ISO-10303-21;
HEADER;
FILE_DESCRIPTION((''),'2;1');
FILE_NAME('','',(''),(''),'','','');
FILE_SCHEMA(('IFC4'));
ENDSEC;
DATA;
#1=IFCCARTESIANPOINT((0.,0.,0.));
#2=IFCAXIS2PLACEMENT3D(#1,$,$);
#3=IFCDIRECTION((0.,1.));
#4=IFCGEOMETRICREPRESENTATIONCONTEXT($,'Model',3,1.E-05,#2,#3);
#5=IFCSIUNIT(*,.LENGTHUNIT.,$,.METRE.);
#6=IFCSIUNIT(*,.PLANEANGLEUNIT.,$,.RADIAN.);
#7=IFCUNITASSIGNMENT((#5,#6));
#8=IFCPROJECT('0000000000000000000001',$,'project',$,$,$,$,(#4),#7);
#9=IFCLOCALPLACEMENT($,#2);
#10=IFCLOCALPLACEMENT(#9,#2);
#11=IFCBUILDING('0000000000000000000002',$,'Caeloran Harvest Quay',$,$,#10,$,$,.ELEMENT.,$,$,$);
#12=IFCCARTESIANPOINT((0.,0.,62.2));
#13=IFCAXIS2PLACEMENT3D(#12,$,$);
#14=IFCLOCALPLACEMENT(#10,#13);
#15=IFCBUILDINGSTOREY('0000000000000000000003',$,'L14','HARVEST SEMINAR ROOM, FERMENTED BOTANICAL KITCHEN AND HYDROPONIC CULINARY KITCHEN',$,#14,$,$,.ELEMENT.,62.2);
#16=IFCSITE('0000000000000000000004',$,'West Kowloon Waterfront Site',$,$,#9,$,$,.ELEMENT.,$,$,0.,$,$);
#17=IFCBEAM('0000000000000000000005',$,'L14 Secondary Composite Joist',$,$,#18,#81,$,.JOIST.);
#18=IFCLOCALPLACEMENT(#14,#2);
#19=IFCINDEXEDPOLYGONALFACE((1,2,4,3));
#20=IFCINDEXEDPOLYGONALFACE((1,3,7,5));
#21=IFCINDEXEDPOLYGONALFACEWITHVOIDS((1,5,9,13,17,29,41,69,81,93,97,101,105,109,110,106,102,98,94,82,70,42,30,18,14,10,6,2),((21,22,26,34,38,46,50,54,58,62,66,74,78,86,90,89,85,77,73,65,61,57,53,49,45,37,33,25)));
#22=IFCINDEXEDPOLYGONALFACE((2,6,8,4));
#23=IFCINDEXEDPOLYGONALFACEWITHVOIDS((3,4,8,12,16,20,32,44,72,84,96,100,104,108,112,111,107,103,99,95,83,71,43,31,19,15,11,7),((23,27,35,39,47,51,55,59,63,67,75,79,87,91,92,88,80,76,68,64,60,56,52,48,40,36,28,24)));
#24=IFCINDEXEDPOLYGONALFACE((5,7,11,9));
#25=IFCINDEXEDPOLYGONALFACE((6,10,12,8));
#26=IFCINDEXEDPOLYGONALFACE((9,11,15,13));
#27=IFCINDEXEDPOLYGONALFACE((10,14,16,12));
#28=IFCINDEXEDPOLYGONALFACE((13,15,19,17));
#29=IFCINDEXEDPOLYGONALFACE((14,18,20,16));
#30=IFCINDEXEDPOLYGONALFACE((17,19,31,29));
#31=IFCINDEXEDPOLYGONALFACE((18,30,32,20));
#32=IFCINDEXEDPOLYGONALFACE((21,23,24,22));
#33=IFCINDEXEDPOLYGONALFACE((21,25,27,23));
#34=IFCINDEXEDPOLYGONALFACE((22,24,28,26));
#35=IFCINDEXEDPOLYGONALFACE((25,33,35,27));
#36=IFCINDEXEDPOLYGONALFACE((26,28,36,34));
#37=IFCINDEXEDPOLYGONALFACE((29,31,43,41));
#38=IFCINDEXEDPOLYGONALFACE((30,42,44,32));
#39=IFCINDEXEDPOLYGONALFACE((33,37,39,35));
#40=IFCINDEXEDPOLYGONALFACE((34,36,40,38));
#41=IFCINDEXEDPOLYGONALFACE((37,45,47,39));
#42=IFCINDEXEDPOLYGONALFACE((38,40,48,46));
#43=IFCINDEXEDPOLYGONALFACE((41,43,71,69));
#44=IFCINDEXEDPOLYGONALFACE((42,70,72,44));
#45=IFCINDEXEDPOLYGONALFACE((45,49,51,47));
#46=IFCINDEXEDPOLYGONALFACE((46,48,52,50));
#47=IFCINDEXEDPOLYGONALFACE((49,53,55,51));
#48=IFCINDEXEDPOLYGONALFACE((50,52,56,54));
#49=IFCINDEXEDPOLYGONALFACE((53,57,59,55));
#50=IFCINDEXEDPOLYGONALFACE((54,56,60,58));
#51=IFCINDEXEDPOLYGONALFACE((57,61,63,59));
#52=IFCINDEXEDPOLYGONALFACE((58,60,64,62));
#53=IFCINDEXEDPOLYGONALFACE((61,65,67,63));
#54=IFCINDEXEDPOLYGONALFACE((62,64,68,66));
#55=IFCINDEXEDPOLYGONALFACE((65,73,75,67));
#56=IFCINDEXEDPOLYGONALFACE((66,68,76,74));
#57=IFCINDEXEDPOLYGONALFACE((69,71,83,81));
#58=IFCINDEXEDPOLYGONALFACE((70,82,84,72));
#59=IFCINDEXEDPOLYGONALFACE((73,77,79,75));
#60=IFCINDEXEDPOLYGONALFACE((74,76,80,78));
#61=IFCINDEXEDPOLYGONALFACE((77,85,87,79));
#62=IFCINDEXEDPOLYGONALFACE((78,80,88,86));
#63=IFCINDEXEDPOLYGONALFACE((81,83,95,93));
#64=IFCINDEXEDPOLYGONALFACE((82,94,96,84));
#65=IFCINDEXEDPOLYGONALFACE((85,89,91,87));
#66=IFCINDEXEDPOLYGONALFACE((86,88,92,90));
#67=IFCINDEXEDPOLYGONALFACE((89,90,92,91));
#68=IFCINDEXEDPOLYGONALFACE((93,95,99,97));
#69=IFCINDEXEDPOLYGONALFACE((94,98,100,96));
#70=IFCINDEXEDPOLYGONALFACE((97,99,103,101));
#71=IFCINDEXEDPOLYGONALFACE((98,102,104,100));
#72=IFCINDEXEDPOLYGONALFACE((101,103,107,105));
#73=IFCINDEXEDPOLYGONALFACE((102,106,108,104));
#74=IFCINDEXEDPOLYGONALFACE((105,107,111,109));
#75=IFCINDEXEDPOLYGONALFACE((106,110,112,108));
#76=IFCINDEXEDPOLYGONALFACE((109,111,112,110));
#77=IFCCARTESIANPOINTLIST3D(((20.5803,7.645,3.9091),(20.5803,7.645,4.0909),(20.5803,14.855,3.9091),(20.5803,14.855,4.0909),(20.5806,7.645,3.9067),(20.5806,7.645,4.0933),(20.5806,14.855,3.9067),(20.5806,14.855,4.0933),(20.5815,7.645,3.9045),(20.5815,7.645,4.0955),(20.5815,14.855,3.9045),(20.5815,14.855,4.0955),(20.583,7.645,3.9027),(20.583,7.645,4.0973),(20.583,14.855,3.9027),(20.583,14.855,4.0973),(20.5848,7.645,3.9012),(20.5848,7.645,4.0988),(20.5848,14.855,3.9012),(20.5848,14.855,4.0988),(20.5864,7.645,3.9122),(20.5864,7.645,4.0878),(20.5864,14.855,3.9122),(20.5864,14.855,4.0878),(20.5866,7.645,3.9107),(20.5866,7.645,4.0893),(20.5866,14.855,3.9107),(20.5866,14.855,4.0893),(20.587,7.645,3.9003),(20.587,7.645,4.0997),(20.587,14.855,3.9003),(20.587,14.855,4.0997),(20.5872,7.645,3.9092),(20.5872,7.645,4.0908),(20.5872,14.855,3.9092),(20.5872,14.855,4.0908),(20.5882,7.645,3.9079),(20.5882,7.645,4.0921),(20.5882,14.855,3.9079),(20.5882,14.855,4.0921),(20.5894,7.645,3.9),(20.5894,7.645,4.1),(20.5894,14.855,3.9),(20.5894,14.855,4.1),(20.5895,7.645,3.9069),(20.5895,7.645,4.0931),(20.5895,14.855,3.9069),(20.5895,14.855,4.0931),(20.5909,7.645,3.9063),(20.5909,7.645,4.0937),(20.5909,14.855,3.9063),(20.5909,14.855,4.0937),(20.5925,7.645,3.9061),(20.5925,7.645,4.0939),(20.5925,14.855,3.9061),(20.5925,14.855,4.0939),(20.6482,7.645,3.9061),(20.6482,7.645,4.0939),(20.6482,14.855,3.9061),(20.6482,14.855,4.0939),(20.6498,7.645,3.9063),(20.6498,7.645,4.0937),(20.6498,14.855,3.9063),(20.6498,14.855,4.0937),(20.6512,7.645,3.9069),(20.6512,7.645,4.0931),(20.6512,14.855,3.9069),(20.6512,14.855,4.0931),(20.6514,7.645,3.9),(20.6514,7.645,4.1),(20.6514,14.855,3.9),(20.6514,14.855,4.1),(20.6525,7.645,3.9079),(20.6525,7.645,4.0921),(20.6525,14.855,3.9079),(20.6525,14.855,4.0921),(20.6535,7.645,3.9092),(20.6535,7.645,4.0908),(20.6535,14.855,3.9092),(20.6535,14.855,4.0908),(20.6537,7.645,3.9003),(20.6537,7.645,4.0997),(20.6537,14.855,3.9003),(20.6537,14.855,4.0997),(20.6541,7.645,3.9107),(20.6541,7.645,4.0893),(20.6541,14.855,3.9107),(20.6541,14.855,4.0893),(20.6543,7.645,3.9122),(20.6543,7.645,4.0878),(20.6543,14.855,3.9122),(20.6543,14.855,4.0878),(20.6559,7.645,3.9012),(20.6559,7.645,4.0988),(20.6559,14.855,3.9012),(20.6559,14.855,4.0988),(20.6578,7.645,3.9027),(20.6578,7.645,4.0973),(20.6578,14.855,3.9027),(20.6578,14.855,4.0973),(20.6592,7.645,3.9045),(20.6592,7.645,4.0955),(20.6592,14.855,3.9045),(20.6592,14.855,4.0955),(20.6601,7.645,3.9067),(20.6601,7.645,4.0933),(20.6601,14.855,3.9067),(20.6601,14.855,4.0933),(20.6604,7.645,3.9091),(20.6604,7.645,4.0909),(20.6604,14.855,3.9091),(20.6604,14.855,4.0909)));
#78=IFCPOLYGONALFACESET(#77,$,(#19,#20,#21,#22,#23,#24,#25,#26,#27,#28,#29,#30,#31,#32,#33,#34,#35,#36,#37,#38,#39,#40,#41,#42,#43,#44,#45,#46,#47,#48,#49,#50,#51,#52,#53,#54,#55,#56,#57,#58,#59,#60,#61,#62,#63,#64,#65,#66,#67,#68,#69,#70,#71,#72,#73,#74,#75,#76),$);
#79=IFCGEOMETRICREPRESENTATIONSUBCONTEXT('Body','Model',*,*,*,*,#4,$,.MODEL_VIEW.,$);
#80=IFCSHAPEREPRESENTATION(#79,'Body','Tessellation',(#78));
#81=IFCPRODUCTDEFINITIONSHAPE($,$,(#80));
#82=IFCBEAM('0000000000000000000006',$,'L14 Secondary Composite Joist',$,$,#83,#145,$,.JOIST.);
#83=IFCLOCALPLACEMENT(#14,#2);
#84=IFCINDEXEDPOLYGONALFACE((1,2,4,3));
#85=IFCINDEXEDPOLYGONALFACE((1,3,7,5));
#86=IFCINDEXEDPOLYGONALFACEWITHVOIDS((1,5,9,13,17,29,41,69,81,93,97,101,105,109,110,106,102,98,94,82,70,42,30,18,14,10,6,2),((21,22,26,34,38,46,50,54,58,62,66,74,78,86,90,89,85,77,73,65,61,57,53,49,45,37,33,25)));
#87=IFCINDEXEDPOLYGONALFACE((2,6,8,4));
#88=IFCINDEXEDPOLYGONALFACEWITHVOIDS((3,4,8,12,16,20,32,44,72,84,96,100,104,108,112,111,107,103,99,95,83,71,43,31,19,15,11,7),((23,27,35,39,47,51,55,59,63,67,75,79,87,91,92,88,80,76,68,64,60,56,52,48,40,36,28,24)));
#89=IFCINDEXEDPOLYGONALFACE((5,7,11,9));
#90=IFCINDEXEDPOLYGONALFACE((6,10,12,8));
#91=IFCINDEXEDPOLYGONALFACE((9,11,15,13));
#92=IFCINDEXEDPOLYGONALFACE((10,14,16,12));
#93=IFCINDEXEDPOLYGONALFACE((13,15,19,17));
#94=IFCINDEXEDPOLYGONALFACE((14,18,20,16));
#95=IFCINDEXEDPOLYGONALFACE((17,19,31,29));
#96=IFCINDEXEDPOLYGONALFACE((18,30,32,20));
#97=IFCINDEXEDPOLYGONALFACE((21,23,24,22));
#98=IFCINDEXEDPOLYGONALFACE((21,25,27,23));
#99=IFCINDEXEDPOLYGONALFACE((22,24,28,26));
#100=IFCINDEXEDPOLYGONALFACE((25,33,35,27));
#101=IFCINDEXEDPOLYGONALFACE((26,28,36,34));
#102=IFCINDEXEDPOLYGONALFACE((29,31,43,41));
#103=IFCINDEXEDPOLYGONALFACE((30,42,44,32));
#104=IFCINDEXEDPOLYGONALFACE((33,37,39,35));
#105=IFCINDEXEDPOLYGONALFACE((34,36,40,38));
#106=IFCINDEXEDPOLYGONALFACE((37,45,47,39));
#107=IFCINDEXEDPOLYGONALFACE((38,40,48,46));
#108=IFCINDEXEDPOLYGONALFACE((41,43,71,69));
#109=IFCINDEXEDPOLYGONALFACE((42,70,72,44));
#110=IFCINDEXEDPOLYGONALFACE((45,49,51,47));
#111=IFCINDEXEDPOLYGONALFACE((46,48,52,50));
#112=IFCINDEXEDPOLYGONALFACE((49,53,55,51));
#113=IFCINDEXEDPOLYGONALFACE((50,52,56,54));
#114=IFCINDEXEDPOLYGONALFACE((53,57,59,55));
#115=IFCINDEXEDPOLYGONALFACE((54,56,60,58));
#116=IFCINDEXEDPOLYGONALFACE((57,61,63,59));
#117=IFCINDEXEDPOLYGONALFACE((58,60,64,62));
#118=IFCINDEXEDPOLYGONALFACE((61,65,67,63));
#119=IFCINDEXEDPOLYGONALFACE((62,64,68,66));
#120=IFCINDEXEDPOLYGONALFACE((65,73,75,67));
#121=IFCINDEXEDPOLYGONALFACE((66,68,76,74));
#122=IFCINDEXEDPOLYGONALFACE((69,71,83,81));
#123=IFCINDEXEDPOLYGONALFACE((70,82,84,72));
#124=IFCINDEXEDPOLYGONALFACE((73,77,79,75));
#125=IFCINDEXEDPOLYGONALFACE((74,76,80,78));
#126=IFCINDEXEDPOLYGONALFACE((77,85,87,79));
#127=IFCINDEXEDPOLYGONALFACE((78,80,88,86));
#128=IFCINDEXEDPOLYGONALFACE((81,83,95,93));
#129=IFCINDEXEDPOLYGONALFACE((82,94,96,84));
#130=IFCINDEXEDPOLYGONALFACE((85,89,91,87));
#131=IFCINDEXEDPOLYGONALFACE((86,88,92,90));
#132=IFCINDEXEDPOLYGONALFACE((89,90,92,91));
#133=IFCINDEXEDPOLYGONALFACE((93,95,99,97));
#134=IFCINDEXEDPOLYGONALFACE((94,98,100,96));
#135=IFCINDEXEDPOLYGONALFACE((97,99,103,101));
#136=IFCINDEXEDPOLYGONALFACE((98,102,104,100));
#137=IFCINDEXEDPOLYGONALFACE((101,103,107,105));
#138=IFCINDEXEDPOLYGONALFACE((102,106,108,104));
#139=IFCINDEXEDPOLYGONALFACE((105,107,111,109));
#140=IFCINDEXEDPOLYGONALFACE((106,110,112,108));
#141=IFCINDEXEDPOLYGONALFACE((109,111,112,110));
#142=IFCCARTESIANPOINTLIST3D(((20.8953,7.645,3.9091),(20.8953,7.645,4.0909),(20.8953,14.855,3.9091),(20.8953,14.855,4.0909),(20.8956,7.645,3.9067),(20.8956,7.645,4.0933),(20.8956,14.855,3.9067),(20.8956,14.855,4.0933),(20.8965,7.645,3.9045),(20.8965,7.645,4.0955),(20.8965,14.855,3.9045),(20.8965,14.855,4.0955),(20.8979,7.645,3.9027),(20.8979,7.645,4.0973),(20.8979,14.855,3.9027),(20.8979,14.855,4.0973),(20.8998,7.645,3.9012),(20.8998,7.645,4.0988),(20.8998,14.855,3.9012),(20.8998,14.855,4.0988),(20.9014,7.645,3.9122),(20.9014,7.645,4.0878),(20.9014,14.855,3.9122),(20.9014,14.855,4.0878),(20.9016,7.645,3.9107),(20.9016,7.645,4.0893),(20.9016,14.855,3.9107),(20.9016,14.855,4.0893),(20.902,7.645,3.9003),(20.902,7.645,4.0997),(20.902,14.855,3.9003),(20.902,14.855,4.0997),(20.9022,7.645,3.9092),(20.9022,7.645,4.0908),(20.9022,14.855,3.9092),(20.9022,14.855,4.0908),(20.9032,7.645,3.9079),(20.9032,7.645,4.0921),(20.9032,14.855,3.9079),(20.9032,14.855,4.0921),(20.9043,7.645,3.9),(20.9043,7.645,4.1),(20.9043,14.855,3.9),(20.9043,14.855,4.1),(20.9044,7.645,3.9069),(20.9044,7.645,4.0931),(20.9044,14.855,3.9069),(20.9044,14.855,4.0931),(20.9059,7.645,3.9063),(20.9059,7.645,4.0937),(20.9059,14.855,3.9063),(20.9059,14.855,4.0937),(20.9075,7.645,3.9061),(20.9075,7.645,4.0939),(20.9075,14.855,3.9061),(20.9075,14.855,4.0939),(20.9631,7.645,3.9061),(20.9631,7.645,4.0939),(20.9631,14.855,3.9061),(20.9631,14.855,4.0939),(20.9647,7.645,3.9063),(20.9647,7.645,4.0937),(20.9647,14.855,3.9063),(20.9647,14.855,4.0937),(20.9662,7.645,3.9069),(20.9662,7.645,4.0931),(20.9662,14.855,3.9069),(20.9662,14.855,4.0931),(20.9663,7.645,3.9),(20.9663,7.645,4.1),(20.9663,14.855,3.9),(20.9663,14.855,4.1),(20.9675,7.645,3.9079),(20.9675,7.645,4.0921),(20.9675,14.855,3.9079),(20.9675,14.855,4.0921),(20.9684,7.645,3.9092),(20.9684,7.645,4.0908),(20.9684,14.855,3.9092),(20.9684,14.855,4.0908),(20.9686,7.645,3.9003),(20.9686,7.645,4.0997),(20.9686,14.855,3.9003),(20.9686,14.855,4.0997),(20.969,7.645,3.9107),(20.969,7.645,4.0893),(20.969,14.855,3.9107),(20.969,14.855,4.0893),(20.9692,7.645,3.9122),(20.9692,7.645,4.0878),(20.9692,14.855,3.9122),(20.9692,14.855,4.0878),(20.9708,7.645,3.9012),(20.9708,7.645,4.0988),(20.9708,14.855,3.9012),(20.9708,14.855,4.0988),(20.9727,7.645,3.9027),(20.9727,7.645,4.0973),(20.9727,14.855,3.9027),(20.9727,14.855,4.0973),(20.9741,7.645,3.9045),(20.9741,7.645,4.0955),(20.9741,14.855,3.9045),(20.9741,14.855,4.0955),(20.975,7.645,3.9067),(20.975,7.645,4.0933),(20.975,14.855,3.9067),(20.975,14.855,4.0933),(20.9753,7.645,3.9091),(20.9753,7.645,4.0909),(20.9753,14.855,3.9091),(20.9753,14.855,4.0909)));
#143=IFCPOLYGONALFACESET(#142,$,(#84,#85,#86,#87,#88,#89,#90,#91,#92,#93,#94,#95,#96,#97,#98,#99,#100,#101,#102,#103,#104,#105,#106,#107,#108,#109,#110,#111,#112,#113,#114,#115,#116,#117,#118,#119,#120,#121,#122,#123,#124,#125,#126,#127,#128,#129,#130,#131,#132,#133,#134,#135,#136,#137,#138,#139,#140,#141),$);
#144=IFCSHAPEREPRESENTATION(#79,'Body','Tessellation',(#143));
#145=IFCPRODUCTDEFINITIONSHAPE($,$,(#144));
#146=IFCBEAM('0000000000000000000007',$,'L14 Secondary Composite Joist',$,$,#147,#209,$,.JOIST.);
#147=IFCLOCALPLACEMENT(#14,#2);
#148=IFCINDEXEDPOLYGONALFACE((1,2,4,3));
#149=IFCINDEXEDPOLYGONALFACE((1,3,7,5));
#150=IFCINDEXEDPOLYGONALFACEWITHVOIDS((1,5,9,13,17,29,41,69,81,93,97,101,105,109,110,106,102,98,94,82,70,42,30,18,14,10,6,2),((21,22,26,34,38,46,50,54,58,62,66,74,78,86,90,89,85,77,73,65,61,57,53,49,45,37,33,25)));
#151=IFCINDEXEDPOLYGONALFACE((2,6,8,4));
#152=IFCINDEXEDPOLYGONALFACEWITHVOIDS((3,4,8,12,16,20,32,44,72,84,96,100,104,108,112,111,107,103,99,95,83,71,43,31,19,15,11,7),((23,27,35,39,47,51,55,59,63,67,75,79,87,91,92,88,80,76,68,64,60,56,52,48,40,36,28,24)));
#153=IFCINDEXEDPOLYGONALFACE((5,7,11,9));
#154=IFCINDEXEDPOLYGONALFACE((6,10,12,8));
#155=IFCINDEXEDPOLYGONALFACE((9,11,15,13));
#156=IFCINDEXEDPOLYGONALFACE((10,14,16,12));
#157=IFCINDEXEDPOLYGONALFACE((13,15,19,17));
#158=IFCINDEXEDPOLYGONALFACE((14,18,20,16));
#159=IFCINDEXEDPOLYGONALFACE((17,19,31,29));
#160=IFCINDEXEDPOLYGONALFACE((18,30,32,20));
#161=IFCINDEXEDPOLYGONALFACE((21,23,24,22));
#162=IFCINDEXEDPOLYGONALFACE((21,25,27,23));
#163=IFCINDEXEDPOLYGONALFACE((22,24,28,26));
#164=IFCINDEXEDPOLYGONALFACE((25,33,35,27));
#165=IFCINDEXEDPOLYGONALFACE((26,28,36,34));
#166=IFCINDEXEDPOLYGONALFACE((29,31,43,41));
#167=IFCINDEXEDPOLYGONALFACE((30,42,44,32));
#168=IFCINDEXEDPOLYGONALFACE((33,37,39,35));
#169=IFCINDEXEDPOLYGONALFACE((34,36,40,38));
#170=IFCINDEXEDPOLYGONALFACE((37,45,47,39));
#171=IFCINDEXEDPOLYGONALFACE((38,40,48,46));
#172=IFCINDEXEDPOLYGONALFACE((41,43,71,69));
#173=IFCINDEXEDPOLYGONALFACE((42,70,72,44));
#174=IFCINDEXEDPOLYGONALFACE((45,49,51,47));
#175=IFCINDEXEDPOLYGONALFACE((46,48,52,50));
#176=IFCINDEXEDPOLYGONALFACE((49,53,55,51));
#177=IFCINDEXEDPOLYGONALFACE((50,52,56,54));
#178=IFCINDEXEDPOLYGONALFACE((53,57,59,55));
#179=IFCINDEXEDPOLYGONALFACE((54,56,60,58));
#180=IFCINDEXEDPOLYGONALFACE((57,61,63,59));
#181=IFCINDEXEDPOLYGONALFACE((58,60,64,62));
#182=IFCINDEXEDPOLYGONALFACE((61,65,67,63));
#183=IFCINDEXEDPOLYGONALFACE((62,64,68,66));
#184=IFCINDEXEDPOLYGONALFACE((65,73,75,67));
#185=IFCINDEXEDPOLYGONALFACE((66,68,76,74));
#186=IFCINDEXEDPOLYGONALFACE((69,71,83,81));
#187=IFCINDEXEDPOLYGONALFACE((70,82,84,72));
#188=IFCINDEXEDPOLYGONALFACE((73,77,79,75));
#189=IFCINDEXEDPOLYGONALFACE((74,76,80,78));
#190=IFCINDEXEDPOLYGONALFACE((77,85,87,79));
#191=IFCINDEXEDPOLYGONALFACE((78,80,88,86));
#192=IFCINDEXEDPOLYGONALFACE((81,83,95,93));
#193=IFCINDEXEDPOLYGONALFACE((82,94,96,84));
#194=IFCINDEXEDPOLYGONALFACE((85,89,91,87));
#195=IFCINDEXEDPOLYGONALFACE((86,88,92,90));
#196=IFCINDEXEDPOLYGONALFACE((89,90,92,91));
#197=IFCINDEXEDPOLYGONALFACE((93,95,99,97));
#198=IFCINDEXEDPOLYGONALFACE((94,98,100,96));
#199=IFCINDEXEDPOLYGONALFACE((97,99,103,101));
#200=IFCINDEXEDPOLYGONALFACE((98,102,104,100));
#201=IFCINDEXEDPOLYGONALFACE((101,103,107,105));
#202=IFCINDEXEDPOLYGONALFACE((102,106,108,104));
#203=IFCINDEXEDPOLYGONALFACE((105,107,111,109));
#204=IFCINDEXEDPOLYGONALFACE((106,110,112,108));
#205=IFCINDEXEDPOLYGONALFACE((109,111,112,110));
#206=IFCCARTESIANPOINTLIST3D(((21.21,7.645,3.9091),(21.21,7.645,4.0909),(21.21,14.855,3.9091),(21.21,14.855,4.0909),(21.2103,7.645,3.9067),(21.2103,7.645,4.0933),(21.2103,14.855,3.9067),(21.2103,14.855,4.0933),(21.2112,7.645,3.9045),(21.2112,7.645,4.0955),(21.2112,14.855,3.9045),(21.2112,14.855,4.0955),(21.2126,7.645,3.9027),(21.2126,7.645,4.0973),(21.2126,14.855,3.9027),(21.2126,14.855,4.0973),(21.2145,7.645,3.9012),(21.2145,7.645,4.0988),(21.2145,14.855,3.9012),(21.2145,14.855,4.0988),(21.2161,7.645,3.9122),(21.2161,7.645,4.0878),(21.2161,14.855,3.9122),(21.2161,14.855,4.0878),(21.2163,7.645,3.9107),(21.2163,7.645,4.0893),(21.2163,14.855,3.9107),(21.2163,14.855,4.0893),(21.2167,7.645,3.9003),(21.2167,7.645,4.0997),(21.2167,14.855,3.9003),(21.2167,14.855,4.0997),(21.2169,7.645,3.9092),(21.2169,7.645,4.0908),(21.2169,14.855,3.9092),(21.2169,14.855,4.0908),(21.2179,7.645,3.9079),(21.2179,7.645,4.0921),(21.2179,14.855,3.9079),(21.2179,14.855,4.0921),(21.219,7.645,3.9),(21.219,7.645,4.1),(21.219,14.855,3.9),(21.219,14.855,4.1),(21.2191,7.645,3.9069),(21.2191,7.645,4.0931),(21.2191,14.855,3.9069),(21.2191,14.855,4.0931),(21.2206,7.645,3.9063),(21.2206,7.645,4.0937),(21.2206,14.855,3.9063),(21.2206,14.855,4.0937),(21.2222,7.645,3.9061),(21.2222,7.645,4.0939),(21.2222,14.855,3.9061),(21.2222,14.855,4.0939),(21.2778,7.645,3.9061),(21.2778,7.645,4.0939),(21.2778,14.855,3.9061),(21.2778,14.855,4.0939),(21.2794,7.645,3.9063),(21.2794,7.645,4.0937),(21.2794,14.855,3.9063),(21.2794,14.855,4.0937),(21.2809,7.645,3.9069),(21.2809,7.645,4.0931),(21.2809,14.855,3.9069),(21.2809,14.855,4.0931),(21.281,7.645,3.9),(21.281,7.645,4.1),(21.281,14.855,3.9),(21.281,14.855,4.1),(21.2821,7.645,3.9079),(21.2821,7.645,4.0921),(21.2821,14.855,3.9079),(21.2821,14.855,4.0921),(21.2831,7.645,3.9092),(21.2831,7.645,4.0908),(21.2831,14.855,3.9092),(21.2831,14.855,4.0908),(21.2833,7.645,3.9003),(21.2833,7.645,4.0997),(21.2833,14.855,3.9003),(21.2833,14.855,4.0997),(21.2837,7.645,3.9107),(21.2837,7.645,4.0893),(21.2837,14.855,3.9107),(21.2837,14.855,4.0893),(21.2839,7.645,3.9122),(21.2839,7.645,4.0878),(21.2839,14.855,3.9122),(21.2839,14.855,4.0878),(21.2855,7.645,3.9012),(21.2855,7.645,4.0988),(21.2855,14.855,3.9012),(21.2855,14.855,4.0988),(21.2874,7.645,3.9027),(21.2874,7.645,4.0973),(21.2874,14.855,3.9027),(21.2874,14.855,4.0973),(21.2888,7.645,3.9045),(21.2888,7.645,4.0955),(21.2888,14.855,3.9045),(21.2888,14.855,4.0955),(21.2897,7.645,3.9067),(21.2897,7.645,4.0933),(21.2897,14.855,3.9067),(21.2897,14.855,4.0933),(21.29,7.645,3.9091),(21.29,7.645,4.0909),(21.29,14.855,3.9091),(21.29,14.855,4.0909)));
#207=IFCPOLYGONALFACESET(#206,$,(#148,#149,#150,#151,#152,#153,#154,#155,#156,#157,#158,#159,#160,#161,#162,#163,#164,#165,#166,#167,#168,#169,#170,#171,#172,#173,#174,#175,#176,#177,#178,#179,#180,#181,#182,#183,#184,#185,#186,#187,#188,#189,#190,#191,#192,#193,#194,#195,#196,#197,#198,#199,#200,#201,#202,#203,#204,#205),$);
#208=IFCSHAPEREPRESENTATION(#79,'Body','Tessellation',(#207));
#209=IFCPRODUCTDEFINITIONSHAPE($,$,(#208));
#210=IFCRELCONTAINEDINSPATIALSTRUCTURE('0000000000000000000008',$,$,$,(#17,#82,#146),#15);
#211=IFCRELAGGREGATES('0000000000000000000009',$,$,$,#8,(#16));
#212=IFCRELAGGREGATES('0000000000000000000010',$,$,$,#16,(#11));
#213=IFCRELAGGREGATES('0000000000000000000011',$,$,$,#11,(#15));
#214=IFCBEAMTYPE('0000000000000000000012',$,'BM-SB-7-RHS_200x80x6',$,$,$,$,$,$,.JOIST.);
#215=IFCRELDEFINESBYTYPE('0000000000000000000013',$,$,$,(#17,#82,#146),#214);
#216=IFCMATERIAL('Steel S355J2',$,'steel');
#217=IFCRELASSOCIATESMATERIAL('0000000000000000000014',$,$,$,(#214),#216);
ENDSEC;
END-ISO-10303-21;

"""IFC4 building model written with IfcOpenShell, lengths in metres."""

from ifc_helpers import new_model, si_unit, direction, frame, origin, origin_2d, place, context, subcontext, project, spatial, hollow_rectangle, extrude, material, material_profile, profile_set, type_object, element, save


model = new_model("IFC4")

# Units and contexts
model_context = context("Model", 3, precision=1e-05, world=origin(), true_north=direction((0.0, 1.0)))
body_context = subcontext(model_context, "Body", "Model", "MODEL_VIEW")
ifc_project = project(units=[si_unit("LENGTHUNIT", "METRE"), si_unit("PLANEANGLEUNIT", "RADIAN")], contexts=[model_context])

# Site, building, storey
site_placement = place(None, origin())
site = spatial("IfcSite", under=ifc_project, at=site_placement, Name="West Kowloon Waterfront Site", CompositionType="ELEMENT", RefElevation=0.0)
building_placement = place(site_placement, origin())
building = spatial("IfcBuilding", under=site, at=building_placement, Name="Caeloran Harvest Quay", CompositionType="ELEMENT")
storey_placement = place(building_placement, frame((0.0, 0.0, 62.2)))
storey = spatial("IfcBuildingStorey", under=building, at=storey_placement, Name="L14", Description="HARVEST SEMINAR ROOM, FERMENTED BOTANICAL KITCHEN AND HYDROPONIC CULINARY KITCHEN", CompositionType="ELEMENT", Elevation=62.2)

# Beams
ifc_material = material(Name="Steel S355J2", Category="steel")
ifc_material_profile_1 = material_profile(ifc_material, hollow_rectangle(XDim=0.0801, YDim=0.2, WallThickness=0.0061, InnerFilletRadius=0.0061, OuterFilletRadius=0.009, at=origin_2d()), Name="RHS 200x80x6")
ifc_profile_set_1 = profile_set([ifc_material_profile_1], Name="Steel S355J2")
beam_type_1 = type_object("IfcBeamType", Name="BM-SB-7-RHS_200x80x6", PredefinedType="JOIST", material=ifc_profile_set_1)
for number, where, z_axis, x_axis, name in (
    (1, (20.6204, 7.645, 4.0), (0.0, 1.0, 0.0), (-1.0, 0.0, 0.0), "L14 Secondary Composite Joist"),
    (2, (20.9353, 7.645, 4.0), (0.0, 1.0, 0.0), (-1.0, 0.0, 0.0), "L14 Secondary Composite Joist"),
    (3, (21.25, 7.645, 4.0), (0.0, 1.0, 0.0), (-1.0, 0.0, 0.0), "L14 Secondary Composite Joist"),
):
    element("IfcBeam", number, at=place(storey_placement, frame(where, z_axis=z_axis, x_axis=x_axis)), inside=storey, type_object=beam_type_1, Name=name, PredefinedType="JOIST", context=body_context, shape_type="SweptSolid", body=[
        extrude(hollow_rectangle(XDim=0.0801, YDim=0.2, WallThickness=0.0061, InnerFilletRadius=0.0061, OuterFilletRadius=0.009, at=origin_2d()), origin(), (0.0, 0.0, 1.0), 7.21),
    ])

save(model, "model.ifc")
